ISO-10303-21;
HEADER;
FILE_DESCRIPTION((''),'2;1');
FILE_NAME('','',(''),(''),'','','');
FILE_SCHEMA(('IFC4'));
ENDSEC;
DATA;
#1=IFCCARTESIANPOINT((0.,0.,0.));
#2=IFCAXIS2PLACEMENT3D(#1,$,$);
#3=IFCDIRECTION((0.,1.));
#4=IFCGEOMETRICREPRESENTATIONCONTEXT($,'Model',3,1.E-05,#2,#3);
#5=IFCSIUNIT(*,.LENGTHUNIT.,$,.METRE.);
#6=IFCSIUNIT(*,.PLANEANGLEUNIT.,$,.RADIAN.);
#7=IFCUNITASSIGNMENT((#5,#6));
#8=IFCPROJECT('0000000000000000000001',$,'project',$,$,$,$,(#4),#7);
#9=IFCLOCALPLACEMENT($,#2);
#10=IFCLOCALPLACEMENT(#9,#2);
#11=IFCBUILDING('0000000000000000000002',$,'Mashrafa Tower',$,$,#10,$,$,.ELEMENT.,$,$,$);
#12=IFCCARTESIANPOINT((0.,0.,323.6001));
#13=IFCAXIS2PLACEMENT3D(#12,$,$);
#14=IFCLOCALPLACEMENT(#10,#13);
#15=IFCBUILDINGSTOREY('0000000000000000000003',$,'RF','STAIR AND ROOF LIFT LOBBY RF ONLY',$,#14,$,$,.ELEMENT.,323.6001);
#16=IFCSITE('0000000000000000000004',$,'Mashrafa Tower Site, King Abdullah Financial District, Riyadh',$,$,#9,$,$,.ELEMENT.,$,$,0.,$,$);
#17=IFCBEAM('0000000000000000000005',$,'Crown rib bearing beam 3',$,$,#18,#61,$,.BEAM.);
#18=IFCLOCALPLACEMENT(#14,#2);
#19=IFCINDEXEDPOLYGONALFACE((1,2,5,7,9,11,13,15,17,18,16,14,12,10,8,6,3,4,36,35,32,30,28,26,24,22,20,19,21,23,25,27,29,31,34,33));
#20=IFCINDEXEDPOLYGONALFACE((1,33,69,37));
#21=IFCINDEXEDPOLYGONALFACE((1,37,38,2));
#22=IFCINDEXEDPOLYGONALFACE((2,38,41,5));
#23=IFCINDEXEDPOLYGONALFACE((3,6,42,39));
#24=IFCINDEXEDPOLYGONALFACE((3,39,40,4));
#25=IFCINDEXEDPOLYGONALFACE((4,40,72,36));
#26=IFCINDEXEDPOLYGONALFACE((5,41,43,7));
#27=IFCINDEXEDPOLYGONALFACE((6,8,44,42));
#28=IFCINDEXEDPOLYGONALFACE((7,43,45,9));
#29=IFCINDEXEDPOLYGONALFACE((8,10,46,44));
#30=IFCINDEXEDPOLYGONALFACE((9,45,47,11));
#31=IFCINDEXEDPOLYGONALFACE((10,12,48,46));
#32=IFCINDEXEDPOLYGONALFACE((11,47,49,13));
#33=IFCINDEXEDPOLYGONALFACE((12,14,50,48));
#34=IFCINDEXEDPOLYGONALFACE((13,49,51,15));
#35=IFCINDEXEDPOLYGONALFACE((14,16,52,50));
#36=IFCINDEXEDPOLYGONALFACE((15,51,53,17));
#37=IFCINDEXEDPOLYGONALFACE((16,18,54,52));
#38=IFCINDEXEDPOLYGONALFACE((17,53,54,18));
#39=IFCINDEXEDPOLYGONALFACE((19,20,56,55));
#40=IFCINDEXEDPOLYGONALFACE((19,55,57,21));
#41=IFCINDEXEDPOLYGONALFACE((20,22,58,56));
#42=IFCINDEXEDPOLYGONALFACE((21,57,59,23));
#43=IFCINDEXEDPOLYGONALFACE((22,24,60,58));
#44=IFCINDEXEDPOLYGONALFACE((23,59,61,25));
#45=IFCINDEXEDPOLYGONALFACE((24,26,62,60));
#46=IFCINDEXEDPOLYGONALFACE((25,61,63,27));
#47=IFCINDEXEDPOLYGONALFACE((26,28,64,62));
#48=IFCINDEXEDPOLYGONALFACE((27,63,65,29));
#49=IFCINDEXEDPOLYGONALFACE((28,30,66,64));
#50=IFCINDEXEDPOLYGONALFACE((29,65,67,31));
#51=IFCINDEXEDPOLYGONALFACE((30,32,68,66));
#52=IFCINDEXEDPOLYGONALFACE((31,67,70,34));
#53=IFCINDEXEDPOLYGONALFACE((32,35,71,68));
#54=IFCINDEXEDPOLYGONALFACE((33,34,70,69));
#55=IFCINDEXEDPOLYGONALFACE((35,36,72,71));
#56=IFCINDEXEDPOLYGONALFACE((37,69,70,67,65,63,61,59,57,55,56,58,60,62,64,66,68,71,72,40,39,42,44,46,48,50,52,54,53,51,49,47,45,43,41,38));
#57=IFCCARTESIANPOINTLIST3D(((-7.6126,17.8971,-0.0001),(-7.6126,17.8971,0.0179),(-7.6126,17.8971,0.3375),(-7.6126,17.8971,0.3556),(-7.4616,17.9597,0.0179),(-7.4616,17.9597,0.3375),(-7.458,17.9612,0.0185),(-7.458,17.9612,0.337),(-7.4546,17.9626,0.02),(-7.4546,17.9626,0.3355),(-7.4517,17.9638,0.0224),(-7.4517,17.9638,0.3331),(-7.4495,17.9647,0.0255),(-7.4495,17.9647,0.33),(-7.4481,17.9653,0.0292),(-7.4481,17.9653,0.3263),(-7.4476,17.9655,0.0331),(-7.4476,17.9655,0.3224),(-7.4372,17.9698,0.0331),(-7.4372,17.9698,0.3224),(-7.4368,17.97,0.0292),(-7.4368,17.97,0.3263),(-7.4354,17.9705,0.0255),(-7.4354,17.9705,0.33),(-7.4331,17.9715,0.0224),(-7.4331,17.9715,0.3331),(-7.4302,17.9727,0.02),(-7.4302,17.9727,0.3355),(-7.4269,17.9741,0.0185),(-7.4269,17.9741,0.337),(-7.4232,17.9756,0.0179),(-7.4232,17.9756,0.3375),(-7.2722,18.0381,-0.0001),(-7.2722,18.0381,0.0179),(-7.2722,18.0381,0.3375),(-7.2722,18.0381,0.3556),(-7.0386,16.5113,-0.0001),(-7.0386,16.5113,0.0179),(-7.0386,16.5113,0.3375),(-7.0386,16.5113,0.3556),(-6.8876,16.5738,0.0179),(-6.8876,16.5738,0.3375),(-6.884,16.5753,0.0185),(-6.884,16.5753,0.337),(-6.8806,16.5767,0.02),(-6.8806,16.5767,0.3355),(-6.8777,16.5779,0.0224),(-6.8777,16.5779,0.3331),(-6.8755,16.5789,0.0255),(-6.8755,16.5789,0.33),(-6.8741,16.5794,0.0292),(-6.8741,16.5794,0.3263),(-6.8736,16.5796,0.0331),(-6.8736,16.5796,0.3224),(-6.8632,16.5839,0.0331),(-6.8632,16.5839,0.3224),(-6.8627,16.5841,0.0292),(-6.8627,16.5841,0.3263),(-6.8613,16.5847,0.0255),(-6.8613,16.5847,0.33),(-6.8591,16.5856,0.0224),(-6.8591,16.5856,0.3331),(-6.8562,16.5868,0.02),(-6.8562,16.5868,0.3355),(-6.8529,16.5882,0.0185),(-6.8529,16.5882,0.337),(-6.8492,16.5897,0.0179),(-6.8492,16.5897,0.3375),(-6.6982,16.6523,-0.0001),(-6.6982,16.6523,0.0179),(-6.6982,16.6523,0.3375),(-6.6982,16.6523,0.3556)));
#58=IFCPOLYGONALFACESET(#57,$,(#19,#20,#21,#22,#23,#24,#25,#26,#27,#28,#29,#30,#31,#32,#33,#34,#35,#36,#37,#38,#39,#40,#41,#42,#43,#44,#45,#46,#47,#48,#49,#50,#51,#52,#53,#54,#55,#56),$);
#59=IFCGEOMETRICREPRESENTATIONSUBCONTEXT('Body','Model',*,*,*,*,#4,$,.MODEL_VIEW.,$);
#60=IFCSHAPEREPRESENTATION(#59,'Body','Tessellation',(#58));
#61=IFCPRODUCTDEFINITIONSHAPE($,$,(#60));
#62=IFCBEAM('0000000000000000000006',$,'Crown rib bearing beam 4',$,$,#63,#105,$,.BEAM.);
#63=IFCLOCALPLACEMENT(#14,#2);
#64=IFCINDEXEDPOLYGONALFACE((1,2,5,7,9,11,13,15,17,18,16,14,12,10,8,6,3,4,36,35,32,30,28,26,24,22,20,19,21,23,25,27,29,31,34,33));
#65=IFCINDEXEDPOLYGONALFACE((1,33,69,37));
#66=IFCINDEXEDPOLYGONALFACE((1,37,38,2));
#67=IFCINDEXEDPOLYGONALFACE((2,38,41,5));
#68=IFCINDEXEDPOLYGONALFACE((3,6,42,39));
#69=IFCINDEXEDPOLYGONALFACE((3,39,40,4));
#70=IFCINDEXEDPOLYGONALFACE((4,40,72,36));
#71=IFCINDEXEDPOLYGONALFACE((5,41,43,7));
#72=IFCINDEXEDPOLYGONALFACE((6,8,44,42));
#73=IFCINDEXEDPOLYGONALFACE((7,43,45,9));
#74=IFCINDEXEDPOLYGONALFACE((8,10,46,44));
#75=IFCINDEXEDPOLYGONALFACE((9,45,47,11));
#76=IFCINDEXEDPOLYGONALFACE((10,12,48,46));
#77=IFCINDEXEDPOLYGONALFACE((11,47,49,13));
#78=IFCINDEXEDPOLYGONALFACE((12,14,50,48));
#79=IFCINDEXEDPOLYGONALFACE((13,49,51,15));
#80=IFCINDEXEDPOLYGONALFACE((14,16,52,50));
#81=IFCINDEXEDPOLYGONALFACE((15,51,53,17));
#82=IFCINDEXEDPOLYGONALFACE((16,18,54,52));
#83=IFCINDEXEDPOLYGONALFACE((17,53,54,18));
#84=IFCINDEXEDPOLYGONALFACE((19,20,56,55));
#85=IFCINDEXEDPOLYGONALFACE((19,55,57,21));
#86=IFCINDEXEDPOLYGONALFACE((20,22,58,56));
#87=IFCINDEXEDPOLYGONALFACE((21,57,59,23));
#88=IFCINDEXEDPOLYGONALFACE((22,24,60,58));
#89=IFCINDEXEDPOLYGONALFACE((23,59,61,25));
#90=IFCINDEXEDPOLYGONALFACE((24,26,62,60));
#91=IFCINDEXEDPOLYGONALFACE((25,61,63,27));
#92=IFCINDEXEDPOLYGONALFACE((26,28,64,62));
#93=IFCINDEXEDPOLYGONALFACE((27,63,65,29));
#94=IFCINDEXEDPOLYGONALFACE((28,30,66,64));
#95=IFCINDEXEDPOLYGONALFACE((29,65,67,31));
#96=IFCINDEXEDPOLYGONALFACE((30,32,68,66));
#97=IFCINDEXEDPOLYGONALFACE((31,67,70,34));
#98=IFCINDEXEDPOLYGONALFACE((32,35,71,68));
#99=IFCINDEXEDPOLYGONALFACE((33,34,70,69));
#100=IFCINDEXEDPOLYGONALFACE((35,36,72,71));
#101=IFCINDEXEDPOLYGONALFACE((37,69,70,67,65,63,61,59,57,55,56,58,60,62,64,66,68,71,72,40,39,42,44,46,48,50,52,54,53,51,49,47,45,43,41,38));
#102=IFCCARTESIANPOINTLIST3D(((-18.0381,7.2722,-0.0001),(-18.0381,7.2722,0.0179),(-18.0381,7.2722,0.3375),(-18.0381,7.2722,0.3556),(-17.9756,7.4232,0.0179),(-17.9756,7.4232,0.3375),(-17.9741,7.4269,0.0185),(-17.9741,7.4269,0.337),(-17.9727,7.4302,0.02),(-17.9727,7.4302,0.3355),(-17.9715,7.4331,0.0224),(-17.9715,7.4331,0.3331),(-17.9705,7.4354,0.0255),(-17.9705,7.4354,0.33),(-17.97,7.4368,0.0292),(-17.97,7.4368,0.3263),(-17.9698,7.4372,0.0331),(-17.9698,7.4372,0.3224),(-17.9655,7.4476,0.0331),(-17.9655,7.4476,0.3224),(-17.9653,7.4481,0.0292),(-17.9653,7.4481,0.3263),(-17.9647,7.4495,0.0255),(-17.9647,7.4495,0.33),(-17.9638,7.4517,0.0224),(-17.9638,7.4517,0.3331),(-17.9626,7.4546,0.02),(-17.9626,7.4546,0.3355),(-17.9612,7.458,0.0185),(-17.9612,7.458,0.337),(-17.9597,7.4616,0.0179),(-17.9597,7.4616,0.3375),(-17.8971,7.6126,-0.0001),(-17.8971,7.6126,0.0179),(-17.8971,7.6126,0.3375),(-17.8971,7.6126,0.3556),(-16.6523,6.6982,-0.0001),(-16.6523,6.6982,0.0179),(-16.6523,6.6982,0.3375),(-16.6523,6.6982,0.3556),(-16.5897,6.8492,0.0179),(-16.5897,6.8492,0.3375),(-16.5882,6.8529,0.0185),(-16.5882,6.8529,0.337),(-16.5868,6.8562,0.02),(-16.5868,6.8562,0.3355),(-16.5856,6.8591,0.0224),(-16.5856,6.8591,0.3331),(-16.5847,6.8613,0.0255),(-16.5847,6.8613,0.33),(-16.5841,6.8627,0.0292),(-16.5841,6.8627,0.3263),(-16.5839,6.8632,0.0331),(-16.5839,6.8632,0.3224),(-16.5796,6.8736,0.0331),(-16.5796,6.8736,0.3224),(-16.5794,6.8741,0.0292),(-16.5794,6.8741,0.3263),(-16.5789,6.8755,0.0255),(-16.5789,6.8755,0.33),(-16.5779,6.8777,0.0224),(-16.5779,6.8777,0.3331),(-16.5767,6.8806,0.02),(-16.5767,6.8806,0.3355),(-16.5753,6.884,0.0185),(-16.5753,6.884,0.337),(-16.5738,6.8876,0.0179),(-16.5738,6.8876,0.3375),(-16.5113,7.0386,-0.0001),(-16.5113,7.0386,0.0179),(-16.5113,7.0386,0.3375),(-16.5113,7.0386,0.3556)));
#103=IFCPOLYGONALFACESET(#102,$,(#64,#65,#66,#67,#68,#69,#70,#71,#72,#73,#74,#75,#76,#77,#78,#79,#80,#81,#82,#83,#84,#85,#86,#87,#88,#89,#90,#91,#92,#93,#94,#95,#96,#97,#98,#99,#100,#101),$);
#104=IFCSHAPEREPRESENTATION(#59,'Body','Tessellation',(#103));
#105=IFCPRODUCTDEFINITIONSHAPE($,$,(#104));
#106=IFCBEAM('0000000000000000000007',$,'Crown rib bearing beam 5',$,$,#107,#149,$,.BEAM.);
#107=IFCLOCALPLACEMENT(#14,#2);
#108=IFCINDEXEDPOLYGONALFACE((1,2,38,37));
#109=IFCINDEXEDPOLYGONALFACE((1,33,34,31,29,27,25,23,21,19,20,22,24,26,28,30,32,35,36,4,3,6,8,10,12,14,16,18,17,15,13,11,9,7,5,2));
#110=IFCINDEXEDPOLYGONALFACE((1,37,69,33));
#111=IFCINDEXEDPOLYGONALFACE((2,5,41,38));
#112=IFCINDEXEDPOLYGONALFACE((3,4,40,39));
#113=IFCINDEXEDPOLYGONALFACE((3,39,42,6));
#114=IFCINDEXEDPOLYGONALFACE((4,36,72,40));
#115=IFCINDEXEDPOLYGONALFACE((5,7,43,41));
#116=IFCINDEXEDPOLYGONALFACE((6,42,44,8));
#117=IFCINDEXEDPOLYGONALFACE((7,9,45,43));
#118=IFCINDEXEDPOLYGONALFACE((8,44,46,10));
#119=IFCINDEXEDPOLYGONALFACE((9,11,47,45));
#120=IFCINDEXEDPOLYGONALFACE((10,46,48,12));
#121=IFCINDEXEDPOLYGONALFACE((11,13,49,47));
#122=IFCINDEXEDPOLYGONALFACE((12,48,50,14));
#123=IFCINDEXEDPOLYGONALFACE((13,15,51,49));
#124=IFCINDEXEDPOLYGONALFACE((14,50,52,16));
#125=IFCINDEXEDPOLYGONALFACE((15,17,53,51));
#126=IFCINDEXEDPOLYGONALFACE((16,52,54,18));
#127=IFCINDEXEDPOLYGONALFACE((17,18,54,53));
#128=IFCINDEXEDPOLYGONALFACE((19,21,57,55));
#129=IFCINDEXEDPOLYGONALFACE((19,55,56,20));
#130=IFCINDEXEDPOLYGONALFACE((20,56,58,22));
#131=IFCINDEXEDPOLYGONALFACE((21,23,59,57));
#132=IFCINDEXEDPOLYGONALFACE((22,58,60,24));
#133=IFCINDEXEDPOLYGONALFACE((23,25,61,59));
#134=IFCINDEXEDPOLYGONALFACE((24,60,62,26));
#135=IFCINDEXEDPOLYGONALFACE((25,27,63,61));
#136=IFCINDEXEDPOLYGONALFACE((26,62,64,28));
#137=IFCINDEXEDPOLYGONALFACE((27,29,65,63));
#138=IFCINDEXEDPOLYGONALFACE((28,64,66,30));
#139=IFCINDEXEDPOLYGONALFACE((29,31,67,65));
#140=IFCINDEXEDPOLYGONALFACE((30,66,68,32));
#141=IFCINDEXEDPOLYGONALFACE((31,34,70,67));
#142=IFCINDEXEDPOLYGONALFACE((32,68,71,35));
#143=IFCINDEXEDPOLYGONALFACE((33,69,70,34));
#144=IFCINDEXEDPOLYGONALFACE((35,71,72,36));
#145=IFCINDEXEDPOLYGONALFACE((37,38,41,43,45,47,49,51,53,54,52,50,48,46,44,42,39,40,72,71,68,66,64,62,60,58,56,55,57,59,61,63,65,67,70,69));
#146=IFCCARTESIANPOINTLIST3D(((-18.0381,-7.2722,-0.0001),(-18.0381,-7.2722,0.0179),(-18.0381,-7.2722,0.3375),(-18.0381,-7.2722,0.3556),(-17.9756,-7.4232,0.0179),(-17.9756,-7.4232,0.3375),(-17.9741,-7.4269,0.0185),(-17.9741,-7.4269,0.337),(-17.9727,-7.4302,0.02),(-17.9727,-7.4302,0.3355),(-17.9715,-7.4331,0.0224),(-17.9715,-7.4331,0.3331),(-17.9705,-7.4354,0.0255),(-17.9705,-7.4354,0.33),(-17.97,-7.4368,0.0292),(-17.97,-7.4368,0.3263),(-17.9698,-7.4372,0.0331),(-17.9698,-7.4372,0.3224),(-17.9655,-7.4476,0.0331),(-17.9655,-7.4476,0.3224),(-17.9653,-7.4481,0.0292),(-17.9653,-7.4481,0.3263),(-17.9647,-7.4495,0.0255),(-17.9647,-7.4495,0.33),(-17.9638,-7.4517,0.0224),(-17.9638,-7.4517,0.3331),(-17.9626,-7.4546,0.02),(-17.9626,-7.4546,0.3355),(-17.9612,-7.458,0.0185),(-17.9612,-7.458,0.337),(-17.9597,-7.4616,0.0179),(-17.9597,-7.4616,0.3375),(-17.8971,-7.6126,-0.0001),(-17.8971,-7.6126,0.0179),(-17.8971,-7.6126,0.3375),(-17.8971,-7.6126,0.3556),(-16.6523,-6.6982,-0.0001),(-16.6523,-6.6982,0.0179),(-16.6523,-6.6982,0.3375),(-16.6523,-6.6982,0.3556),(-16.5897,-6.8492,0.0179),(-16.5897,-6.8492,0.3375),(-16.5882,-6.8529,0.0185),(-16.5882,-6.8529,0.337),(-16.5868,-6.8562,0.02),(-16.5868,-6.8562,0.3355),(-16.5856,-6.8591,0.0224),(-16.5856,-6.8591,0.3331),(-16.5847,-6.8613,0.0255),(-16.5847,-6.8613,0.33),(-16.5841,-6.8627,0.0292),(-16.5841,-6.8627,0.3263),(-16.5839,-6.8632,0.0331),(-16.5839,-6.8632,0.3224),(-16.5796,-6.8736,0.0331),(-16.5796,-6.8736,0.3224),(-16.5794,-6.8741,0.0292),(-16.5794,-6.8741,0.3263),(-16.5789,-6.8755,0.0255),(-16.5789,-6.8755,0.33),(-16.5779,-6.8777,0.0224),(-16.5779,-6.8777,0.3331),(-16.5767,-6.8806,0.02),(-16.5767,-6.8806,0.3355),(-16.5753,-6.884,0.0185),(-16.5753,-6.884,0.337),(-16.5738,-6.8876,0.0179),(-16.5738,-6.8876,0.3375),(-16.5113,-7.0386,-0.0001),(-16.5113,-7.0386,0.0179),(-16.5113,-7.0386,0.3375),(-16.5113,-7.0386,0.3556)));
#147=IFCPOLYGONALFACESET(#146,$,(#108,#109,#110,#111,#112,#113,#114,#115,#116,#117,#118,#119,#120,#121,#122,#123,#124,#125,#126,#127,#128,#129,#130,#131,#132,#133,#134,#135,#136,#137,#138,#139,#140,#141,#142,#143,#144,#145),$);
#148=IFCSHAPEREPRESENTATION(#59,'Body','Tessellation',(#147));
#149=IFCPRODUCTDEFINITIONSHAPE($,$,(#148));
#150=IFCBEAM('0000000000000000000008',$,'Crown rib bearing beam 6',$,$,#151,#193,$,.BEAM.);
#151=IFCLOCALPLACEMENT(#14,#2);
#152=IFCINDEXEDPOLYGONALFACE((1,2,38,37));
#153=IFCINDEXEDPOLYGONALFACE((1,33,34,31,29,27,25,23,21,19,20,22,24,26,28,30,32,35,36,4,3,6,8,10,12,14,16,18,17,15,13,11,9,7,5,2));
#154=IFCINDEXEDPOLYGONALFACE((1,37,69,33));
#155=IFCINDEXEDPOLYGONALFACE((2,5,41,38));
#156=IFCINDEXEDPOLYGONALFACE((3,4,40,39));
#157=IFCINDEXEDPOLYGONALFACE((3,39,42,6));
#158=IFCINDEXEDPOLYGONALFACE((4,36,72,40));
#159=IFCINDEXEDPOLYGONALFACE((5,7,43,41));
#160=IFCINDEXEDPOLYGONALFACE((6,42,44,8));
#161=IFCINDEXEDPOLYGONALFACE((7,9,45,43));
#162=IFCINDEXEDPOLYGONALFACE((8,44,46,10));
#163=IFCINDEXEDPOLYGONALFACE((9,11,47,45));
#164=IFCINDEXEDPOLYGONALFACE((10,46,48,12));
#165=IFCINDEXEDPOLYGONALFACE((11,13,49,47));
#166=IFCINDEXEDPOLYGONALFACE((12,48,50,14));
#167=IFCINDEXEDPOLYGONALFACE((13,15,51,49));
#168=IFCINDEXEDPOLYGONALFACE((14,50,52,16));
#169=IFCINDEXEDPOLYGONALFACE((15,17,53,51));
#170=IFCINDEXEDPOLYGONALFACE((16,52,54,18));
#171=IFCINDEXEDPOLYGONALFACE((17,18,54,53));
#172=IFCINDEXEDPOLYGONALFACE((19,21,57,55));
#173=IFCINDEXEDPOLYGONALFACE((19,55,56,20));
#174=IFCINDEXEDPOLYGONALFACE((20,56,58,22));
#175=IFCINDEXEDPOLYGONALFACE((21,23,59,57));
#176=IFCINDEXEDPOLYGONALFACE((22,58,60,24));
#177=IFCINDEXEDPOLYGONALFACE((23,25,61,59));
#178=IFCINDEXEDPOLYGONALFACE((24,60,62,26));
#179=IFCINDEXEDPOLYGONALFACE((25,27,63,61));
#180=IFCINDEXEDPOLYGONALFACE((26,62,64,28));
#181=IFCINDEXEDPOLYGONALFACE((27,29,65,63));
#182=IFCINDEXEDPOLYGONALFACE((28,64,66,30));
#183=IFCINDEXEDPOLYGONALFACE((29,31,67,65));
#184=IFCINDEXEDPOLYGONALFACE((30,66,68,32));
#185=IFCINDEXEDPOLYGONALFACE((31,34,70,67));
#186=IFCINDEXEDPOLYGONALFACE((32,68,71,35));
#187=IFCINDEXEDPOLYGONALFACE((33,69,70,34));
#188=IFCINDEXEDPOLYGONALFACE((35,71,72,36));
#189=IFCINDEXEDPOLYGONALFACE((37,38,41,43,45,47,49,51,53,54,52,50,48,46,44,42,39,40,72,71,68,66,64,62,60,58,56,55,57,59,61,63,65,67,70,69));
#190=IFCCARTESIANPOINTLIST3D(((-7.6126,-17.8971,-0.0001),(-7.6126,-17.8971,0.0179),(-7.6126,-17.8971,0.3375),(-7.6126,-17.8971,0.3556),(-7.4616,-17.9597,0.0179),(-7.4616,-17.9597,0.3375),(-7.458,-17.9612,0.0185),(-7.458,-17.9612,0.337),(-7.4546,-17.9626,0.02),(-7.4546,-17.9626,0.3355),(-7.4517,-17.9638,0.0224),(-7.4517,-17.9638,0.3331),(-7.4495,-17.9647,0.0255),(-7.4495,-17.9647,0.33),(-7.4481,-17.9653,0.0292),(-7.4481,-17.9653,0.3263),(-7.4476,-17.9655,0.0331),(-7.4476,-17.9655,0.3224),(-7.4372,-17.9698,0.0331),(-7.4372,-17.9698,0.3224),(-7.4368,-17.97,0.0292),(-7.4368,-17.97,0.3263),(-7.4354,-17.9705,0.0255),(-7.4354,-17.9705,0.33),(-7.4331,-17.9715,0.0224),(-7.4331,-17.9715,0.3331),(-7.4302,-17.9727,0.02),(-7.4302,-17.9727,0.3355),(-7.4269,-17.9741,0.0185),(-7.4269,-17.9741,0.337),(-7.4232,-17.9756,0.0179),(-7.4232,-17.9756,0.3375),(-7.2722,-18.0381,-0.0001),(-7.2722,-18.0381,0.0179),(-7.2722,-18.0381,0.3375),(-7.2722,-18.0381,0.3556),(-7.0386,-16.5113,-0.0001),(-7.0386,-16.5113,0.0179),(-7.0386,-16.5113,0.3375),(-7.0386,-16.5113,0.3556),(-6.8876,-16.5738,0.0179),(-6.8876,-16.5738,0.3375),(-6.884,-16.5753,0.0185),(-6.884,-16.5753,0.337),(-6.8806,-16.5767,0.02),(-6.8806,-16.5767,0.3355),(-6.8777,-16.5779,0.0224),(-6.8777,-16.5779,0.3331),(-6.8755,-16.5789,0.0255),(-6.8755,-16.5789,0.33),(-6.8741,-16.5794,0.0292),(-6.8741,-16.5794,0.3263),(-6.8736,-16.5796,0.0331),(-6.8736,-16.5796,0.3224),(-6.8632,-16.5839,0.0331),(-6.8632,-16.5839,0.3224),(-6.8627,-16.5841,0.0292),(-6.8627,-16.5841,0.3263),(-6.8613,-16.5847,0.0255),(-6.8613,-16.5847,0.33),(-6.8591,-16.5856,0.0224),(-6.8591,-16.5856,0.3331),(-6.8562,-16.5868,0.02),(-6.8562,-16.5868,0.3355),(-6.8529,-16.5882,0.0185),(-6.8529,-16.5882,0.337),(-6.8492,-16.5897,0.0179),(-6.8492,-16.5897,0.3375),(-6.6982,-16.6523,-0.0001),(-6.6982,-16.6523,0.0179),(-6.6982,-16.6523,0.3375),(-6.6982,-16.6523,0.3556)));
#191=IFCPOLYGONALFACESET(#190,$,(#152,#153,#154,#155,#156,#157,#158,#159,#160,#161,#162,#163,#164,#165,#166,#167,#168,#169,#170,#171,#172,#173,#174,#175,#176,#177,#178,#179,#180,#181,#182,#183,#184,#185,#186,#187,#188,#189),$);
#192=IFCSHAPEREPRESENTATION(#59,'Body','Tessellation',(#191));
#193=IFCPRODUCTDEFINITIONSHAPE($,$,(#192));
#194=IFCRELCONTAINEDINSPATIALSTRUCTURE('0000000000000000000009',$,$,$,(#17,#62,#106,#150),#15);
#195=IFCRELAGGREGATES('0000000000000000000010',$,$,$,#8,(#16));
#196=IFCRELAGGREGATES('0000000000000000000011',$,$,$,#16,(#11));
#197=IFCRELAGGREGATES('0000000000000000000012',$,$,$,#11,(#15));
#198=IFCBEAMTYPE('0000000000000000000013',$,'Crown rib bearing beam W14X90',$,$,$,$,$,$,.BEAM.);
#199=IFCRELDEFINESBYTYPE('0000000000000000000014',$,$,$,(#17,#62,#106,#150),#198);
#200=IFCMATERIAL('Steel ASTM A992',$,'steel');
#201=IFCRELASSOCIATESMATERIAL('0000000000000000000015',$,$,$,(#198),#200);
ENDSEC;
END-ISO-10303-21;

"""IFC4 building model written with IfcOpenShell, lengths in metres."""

from ifc_helpers import new_model, si_unit, direction, frame, origin, origin_2d, place, context, subcontext, project, spatial, i_section, extrude, material, material_profile, profile_set, type_object, element, save


model = new_model("IFC4")

# Units and contexts
model_context = context("Model", 3, precision=1e-05, world=origin(), true_north=direction((0.0, 1.0)))
body_context = subcontext(model_context, "Body", "Model", "MODEL_VIEW")
ifc_project = project(units=[si_unit("LENGTHUNIT", "METRE"), si_unit("PLANEANGLEUNIT", "RADIAN")], contexts=[model_context])

# Site, building, storey
site_placement = place(None, origin())
site = spatial("IfcSite", under=ifc_project, at=site_placement, Name="Mashrafa Tower Site, King Abdullah Financial District, Riyadh", CompositionType="ELEMENT", RefElevation=0.0)
building_placement = place(site_placement, origin())
building = spatial("IfcBuilding", under=site, at=building_placement, Name="Mashrafa Tower", CompositionType="ELEMENT")
storey_placement = place(building_placement, frame((0.0, 0.0, 323.6001)))
storey = spatial("IfcBuildingStorey", under=building, at=storey_placement, Name="RF", Description="STAIR AND ROOF LIFT LOBBY RF ONLY", CompositionType="ELEMENT", Elevation=323.6001)

# Beams
ifc_material_1 = material(Name="Steel ASTM A992", Category="steel")
ifc_material_profile_1 = material_profile(ifc_material_1, i_section(OverallWidth=0.3684, OverallDepth=0.3557, WebThickness=0.0112, FlangeThickness=0.0181, FilletRadius=0.0151, at=origin_2d()), Name="W14X90")
ifc_profile_set_1 = profile_set([ifc_material_profile_1], Name="Steel ASTM A992")
beam_type = type_object("IfcBeamType", Name="Crown rib bearing beam W14X90", PredefinedType="BEAM", material=ifc_profile_set_1)
for number, where, z_axis, x_axis, name in (
    (1, (-6.8684, 16.5818, 0.1777), (-0.382673, 0.923884, 0.0), (-0.923884, -0.382673, 0.0), "Crown rib bearing beam 3"),
    (2, (-16.5818, 6.8684, 0.1777), (-0.923884, 0.382673, 0.0), (-0.382673, -0.923884, 0.0), "Crown rib bearing beam 4"),
    (3, (-16.5818, -6.8684, 0.1777), (-0.923884, -0.382673, 0.0), (0.382673, -0.923884, 0.0), "Crown rib bearing beam 5"),
    (4, (-6.8684, -16.5818, 0.1777), (-0.382673, -0.923884, 0.0), (0.923884, -0.382673, 0.0), "Crown rib bearing beam 6"),
):
    element("IfcBeam", number, at=place(storey_placement, frame(where, z_axis=z_axis, x_axis=x_axis)), inside=storey, type_object=beam_type, Name=name, PredefinedType="BEAM", context=body_context, shape_type="SweptSolid", body=[
        extrude(i_section(OverallWidth=0.3684, OverallDepth=0.3557, WebThickness=0.0112, FlangeThickness=0.0181, FilletRadius=0.0151, at=origin_2d()), origin(), (0.0, 0.0, 1.0), 1.5),
    ])

save(model, "model.ifc")
